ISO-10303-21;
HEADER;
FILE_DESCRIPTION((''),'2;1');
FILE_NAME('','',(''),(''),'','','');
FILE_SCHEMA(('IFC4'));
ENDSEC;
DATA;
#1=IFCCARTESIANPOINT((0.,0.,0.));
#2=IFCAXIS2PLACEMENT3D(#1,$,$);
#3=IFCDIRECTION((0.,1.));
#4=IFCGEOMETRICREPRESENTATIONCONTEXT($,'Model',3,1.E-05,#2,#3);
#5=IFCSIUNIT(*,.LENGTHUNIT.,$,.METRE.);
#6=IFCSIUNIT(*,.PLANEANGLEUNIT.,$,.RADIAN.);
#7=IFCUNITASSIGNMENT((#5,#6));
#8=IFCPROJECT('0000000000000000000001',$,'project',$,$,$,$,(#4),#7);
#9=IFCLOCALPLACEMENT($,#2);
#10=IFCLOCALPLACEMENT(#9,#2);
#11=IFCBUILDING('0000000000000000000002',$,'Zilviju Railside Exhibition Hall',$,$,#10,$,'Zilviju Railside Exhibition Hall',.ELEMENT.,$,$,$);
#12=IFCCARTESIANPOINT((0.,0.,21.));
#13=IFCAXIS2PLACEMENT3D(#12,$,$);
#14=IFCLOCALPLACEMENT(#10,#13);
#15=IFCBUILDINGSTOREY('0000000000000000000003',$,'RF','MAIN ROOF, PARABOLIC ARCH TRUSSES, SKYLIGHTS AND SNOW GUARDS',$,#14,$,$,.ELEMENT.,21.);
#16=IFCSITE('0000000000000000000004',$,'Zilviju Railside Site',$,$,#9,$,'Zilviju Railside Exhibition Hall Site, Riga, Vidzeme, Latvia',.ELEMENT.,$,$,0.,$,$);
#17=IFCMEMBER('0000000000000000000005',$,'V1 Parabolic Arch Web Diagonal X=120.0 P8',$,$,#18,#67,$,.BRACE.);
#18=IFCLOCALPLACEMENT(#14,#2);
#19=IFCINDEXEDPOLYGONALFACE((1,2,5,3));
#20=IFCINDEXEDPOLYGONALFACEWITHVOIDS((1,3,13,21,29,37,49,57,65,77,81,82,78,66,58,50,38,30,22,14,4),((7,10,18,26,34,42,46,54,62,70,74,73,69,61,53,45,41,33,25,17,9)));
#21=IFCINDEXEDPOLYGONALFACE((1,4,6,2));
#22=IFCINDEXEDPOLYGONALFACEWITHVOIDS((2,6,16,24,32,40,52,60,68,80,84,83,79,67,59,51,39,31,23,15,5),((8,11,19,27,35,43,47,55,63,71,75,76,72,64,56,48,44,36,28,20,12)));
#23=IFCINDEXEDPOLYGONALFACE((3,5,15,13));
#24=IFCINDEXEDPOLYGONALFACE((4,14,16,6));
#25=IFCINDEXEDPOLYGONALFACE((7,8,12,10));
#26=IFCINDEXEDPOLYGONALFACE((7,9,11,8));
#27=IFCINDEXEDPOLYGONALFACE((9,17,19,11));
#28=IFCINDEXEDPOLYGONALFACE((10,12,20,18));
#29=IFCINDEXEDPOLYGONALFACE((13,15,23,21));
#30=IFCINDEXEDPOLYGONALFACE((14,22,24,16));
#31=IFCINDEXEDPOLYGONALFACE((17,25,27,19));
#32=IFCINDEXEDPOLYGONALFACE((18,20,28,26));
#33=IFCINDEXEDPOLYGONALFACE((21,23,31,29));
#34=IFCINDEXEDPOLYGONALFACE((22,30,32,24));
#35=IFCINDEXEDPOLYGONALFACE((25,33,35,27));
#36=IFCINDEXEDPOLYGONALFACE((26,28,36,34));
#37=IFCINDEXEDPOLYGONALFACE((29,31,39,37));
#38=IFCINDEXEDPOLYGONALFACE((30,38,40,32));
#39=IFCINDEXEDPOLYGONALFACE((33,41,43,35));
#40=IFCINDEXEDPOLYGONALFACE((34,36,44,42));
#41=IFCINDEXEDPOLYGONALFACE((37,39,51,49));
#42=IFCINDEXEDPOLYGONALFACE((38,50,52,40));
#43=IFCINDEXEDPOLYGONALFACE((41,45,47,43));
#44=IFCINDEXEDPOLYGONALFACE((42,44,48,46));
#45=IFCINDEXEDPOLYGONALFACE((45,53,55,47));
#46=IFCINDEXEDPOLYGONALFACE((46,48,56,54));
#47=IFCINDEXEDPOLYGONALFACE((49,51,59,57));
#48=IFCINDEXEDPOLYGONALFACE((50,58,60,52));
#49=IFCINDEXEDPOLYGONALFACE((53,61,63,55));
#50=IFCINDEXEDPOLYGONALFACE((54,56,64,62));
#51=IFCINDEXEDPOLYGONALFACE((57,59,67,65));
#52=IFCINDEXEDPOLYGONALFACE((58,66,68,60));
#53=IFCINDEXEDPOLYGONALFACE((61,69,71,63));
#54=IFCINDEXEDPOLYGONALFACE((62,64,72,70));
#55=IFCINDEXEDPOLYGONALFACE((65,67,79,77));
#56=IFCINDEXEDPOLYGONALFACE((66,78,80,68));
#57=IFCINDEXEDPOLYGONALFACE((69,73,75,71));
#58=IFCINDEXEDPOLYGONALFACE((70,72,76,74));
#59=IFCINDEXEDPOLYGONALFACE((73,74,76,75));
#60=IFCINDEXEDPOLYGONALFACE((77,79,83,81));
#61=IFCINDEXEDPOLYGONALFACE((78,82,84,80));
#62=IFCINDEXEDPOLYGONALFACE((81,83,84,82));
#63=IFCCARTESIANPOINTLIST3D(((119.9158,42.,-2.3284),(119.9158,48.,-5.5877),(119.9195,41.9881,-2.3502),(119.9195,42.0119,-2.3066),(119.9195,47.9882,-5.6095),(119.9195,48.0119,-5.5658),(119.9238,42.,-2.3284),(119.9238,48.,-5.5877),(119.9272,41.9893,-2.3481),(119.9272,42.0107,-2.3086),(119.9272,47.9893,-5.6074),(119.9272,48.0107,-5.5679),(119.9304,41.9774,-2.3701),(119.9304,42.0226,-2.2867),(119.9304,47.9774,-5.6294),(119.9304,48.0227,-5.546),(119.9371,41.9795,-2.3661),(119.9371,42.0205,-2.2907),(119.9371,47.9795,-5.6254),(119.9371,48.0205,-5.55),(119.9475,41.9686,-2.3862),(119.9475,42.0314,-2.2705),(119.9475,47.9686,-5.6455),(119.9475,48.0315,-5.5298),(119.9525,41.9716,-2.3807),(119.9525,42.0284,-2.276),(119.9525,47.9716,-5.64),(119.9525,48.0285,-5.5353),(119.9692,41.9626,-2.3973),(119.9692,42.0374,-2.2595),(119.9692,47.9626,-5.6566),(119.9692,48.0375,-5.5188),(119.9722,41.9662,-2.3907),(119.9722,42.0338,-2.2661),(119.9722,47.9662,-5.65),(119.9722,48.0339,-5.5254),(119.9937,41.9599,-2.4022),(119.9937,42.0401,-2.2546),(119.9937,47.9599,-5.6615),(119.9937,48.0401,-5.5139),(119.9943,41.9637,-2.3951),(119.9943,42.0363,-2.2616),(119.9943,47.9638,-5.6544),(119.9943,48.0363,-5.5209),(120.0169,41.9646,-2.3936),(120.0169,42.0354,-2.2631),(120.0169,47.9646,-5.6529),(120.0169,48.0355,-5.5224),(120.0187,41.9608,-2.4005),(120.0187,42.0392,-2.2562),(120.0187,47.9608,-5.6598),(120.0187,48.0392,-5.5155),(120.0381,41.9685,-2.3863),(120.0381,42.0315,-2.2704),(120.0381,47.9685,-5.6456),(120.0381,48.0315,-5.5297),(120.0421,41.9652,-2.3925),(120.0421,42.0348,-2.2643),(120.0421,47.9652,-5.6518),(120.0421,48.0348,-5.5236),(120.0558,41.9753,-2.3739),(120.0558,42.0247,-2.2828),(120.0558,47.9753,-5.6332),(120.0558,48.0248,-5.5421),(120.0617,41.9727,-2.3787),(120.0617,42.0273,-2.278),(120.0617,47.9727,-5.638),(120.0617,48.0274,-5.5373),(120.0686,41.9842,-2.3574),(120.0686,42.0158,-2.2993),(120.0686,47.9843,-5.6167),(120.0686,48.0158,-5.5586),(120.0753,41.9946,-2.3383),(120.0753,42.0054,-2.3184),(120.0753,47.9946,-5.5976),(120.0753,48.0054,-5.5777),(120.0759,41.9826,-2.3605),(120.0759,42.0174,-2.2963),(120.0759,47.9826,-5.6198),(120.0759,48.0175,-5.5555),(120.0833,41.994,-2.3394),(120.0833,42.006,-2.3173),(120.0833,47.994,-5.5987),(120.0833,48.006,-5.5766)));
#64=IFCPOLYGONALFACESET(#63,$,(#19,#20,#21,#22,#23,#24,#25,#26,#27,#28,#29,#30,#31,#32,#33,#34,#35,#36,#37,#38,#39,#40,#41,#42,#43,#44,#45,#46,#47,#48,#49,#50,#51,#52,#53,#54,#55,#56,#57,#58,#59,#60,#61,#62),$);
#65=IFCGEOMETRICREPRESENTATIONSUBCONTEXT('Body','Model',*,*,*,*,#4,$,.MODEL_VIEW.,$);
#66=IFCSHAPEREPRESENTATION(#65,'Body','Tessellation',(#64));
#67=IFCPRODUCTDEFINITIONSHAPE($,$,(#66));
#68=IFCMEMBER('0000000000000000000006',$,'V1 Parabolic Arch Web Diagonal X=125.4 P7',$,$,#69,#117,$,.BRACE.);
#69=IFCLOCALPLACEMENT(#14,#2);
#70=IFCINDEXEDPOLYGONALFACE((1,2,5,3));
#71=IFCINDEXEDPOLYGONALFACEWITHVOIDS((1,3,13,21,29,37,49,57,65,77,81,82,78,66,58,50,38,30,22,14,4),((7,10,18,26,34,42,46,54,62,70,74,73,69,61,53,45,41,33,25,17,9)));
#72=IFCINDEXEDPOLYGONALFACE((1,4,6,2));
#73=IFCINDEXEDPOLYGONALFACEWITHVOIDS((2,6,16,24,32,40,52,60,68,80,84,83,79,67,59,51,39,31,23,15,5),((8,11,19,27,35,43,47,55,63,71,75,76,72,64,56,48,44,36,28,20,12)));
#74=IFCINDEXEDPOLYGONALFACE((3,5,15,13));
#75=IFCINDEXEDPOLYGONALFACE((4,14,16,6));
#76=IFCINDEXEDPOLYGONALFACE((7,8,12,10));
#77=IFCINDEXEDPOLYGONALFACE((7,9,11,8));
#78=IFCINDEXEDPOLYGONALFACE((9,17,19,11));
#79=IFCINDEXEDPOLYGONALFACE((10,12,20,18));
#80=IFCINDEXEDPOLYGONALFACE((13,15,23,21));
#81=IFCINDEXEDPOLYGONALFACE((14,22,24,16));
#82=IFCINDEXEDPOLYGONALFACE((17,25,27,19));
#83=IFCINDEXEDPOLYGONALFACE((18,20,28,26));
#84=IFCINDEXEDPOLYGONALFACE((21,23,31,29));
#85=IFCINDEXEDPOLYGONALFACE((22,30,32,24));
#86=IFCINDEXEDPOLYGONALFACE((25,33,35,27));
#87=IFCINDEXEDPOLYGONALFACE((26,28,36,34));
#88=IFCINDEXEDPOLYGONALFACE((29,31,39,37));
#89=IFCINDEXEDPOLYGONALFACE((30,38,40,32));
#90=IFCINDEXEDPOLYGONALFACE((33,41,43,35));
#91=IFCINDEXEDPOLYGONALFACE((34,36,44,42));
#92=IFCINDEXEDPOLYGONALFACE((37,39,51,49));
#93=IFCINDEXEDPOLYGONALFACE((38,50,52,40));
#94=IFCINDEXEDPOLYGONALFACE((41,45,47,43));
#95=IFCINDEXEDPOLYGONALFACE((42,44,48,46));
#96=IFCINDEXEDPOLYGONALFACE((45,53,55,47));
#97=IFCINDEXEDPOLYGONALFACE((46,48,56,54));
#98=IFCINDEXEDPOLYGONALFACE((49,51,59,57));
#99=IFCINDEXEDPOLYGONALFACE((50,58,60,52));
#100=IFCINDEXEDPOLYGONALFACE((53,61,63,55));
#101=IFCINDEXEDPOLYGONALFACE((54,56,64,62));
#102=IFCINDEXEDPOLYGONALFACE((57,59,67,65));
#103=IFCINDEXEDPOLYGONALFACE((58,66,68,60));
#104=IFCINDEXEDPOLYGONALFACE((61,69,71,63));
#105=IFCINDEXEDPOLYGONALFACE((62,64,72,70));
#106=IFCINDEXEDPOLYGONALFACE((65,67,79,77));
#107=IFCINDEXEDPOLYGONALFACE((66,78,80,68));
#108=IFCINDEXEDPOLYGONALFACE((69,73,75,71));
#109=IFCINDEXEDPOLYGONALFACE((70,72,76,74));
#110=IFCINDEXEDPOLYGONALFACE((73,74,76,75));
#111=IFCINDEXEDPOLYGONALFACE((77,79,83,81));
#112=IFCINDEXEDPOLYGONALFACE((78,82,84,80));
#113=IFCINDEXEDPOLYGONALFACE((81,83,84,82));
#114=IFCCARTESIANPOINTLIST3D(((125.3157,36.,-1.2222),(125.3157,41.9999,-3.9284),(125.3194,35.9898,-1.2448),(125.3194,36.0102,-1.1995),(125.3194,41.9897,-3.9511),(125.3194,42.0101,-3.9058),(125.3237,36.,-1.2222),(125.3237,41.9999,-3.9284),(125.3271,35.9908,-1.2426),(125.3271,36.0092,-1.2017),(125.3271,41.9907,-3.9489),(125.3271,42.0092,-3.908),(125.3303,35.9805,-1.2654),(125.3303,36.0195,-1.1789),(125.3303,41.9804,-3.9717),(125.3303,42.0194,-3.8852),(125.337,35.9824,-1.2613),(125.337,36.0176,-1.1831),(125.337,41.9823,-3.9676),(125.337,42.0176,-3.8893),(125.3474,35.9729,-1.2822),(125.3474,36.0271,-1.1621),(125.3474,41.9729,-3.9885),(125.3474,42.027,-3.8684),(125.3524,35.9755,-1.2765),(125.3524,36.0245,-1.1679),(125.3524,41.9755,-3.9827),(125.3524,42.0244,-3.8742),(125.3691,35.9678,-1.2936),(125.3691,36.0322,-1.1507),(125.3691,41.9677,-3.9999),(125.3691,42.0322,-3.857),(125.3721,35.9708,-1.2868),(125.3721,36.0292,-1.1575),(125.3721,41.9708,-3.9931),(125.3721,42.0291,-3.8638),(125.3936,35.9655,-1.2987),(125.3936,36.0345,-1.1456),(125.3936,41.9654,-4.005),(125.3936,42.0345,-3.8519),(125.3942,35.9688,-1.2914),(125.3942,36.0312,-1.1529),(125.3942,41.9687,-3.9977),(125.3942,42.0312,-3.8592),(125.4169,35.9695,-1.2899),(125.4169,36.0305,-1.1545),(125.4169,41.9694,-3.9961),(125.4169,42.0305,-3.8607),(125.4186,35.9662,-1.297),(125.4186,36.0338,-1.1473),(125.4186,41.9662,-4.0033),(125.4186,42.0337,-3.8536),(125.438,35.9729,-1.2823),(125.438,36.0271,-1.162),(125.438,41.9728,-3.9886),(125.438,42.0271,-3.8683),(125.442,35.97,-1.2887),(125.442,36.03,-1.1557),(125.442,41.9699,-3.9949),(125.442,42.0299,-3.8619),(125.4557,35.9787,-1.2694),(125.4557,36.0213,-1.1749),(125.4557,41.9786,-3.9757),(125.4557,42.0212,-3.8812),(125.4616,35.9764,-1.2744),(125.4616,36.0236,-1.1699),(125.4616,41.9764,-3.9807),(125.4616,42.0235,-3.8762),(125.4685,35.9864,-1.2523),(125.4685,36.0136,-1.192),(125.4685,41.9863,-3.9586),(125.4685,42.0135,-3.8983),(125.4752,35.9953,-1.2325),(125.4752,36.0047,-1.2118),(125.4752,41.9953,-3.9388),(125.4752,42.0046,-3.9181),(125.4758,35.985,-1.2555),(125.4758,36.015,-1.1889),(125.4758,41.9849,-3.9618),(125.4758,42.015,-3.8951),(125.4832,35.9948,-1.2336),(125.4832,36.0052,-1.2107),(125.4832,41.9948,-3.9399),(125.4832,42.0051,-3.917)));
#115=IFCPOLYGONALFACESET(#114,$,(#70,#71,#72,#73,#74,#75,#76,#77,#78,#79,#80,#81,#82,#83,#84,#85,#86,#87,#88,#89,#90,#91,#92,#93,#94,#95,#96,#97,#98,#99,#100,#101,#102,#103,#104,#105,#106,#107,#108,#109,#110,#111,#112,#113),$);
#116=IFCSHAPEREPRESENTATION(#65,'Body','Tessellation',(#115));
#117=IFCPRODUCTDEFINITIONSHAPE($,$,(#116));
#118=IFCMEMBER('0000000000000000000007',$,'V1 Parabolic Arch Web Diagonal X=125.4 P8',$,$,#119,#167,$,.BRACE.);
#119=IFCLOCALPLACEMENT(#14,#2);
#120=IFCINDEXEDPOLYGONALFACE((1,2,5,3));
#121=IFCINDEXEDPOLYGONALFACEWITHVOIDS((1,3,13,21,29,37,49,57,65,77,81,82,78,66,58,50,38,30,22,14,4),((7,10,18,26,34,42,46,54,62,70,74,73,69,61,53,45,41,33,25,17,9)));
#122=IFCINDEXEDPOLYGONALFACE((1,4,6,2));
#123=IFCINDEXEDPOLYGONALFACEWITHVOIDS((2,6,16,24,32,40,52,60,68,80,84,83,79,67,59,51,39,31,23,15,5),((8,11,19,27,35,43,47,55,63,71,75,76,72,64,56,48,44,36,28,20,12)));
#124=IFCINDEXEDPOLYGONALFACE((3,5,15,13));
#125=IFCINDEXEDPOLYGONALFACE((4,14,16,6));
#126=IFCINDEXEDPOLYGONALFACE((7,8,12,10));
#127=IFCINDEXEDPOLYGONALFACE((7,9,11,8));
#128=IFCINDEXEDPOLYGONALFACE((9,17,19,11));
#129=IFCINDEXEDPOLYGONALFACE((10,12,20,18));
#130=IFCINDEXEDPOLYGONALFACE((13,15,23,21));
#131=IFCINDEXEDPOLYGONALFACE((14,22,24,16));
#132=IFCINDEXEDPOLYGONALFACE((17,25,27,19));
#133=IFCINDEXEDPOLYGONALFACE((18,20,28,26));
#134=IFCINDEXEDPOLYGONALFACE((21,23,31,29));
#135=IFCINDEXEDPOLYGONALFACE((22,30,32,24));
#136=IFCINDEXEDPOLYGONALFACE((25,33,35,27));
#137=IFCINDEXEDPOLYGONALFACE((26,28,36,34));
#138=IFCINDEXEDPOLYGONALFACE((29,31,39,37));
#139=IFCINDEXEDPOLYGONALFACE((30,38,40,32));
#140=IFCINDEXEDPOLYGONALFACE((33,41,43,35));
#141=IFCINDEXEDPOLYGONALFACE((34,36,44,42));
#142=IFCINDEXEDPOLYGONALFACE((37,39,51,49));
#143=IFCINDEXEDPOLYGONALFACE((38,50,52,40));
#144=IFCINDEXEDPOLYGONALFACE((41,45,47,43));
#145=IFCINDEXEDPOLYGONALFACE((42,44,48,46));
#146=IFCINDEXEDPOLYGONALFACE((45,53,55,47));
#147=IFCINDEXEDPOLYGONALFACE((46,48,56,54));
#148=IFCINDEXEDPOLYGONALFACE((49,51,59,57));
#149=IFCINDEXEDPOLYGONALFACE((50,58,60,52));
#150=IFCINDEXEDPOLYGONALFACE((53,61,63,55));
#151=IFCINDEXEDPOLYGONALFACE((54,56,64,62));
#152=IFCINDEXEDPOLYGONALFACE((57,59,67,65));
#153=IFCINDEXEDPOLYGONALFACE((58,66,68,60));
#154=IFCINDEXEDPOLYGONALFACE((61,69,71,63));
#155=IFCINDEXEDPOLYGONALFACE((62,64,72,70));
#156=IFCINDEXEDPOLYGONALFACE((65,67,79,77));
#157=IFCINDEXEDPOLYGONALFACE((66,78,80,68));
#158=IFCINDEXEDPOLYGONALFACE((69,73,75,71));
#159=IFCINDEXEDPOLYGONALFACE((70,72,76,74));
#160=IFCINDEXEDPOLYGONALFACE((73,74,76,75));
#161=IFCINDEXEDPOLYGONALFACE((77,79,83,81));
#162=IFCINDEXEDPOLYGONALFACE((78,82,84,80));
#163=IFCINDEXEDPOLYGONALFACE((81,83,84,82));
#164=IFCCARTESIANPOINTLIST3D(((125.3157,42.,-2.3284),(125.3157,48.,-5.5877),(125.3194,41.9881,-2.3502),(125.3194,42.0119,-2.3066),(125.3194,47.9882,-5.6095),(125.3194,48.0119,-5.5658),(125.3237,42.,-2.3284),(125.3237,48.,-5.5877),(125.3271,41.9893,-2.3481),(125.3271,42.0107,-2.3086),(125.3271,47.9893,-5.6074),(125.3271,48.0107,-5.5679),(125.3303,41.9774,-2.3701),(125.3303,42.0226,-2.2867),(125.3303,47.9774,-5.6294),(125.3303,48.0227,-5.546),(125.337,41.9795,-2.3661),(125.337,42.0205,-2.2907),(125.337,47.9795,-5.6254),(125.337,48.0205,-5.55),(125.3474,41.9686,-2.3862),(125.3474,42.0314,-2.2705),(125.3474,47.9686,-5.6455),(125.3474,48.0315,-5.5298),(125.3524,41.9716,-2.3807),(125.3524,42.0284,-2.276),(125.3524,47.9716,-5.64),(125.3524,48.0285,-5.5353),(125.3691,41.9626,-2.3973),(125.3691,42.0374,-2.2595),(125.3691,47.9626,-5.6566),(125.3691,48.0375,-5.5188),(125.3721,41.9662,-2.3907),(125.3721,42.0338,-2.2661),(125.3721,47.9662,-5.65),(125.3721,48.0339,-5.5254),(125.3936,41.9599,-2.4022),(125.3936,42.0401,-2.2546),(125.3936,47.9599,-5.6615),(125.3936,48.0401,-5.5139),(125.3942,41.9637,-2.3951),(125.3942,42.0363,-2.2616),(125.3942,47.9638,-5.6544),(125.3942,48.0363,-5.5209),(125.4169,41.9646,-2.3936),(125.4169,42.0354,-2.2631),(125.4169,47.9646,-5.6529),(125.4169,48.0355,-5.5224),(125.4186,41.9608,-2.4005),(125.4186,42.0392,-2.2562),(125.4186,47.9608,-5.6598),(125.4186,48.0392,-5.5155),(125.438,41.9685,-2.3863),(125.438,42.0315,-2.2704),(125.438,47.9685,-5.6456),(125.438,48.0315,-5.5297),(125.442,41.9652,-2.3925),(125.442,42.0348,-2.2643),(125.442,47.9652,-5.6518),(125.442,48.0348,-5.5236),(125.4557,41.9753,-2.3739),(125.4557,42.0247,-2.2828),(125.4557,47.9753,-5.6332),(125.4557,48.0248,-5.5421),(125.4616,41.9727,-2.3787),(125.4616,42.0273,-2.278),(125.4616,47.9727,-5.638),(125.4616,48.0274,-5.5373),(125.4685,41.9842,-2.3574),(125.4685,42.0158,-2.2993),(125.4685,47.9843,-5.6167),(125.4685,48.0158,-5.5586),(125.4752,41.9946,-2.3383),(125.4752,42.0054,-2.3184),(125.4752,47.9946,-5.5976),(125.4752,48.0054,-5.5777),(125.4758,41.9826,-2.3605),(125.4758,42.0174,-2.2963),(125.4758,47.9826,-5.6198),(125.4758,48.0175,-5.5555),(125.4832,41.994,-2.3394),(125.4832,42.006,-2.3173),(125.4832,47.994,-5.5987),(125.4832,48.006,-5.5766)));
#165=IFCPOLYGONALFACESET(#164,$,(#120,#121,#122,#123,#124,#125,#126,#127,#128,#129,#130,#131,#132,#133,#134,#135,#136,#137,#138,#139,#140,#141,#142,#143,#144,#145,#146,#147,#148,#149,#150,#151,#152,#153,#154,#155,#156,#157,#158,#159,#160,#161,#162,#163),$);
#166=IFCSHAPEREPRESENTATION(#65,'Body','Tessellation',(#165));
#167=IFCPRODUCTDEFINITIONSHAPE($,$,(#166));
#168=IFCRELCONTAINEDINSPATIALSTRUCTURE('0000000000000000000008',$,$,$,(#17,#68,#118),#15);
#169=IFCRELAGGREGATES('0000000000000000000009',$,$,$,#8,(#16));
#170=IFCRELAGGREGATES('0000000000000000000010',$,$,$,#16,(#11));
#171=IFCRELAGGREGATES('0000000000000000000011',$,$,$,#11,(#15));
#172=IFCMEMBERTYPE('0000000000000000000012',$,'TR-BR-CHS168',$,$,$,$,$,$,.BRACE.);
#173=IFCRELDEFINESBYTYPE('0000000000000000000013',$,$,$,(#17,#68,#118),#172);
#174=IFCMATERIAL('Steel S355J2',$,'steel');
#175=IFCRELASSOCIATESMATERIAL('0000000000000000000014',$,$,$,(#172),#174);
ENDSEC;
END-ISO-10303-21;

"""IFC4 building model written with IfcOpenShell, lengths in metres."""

from ifc_helpers import new_model, si_unit, direction, frame, origin, origin_2d, place, context, subcontext, project, spatial, hollow_circle, extrude, material, material_profile, profile_set, type_object, element, save


model = new_model("IFC4")

# Units and contexts
model_context = context("Model", 3, precision=1e-05, world=origin(), true_north=direction((0.0, 1.0)))
body_context = subcontext(model_context, "Body", "Model", "MODEL_VIEW")
ifc_project = project(units=[si_unit("LENGTHUNIT", "METRE"), si_unit("PLANEANGLEUNIT", "RADIAN")], contexts=[model_context])

# Site, building, storey
site_placement = place(None, origin())
site = spatial("IfcSite", under=ifc_project, at=site_placement, Name="Zilviju Railside Site", LongName="Zilviju Railside Exhibition Hall Site, Riga, Vidzeme, Latvia", CompositionType="ELEMENT", RefElevation=0.0)
building_placement = place(site_placement, origin())
building = spatial("IfcBuilding", under=site, at=building_placement, Name="Zilviju Railside Exhibition Hall", LongName="Zilviju Railside Exhibition Hall", CompositionType="ELEMENT")
storey_placement = place(building_placement, frame((0.0, 0.0, 21.0)))
storey = spatial("IfcBuildingStorey", under=building, at=storey_placement, Name="RF", Description="MAIN ROOF, PARABOLIC ARCH TRUSSES, SKYLIGHTS AND SNOW GUARDS", CompositionType="ELEMENT", Elevation=21.0)

# Members
ifc_material_1 = material(Name="Steel S355J2", Category="steel")
ifc_material_profile_1 = material_profile(ifc_material_1, hollow_circle(Radius=0.0842, WallThickness=0.0081, at=origin_2d()), Name="CHS 168.3x8.0")
ifc_profile_set_1 = profile_set([ifc_material_profile_1], Name="Steel S355J2")
member_type_1 = type_object("IfcMemberType", Name="TR-BR-CHS168", PredefinedType="BRACE", material=ifc_profile_set_1)
member_1_placement = place(storey_placement, frame((120.0, 42.0, -2.3284), z_axis=(0.0, 0.878722, -0.477333), x_axis=(-1.0, 0.0, 0.0)))
element("IfcMember", 1, at=member_1_placement, inside=storey, type_object=member_type_1, Name="V1 Parabolic Arch Web Diagonal X=120.0 P8", PredefinedType="BRACE", context=body_context, shape_type="SweptSolid", body=[
    extrude(hollow_circle(Radius=0.0842, WallThickness=0.0081, at=origin_2d()), origin(), (0.0, 0.0, 1.0), 6.8281),
])
member_2_placement = place(storey_placement, frame((125.3999, 36.0, -1.2222), z_axis=(0.0, 0.911563, -0.41116), x_axis=(-1.0, 0.0, 0.0)))
element("IfcMember", 2, at=member_2_placement, inside=storey, type_object=member_type_1, Name="V1 Parabolic Arch Web Diagonal X=125.4 P7", PredefinedType="BRACE", context=body_context, shape_type="SweptSolid", body=[
    extrude(hollow_circle(Radius=0.0842, WallThickness=0.0081, at=origin_2d()), origin(), (0.0, 0.0, 1.0), 6.582),
])
member_3_placement = place(storey_placement, frame((125.3999, 42.0, -2.3284), z_axis=(0.0, 0.878722, -0.477333), x_axis=(-1.0, 0.0, 0.0)))
element("IfcMember", 3, at=member_3_placement, inside=storey, type_object=member_type_1, Name="V1 Parabolic Arch Web Diagonal X=125.4 P8", PredefinedType="BRACE", context=body_context, shape_type="SweptSolid", body=[
    extrude(hollow_circle(Radius=0.0842, WallThickness=0.0081, at=origin_2d()), origin(), (0.0, 0.0, 1.0), 6.8281),
])

save(model, "model.ifc")
